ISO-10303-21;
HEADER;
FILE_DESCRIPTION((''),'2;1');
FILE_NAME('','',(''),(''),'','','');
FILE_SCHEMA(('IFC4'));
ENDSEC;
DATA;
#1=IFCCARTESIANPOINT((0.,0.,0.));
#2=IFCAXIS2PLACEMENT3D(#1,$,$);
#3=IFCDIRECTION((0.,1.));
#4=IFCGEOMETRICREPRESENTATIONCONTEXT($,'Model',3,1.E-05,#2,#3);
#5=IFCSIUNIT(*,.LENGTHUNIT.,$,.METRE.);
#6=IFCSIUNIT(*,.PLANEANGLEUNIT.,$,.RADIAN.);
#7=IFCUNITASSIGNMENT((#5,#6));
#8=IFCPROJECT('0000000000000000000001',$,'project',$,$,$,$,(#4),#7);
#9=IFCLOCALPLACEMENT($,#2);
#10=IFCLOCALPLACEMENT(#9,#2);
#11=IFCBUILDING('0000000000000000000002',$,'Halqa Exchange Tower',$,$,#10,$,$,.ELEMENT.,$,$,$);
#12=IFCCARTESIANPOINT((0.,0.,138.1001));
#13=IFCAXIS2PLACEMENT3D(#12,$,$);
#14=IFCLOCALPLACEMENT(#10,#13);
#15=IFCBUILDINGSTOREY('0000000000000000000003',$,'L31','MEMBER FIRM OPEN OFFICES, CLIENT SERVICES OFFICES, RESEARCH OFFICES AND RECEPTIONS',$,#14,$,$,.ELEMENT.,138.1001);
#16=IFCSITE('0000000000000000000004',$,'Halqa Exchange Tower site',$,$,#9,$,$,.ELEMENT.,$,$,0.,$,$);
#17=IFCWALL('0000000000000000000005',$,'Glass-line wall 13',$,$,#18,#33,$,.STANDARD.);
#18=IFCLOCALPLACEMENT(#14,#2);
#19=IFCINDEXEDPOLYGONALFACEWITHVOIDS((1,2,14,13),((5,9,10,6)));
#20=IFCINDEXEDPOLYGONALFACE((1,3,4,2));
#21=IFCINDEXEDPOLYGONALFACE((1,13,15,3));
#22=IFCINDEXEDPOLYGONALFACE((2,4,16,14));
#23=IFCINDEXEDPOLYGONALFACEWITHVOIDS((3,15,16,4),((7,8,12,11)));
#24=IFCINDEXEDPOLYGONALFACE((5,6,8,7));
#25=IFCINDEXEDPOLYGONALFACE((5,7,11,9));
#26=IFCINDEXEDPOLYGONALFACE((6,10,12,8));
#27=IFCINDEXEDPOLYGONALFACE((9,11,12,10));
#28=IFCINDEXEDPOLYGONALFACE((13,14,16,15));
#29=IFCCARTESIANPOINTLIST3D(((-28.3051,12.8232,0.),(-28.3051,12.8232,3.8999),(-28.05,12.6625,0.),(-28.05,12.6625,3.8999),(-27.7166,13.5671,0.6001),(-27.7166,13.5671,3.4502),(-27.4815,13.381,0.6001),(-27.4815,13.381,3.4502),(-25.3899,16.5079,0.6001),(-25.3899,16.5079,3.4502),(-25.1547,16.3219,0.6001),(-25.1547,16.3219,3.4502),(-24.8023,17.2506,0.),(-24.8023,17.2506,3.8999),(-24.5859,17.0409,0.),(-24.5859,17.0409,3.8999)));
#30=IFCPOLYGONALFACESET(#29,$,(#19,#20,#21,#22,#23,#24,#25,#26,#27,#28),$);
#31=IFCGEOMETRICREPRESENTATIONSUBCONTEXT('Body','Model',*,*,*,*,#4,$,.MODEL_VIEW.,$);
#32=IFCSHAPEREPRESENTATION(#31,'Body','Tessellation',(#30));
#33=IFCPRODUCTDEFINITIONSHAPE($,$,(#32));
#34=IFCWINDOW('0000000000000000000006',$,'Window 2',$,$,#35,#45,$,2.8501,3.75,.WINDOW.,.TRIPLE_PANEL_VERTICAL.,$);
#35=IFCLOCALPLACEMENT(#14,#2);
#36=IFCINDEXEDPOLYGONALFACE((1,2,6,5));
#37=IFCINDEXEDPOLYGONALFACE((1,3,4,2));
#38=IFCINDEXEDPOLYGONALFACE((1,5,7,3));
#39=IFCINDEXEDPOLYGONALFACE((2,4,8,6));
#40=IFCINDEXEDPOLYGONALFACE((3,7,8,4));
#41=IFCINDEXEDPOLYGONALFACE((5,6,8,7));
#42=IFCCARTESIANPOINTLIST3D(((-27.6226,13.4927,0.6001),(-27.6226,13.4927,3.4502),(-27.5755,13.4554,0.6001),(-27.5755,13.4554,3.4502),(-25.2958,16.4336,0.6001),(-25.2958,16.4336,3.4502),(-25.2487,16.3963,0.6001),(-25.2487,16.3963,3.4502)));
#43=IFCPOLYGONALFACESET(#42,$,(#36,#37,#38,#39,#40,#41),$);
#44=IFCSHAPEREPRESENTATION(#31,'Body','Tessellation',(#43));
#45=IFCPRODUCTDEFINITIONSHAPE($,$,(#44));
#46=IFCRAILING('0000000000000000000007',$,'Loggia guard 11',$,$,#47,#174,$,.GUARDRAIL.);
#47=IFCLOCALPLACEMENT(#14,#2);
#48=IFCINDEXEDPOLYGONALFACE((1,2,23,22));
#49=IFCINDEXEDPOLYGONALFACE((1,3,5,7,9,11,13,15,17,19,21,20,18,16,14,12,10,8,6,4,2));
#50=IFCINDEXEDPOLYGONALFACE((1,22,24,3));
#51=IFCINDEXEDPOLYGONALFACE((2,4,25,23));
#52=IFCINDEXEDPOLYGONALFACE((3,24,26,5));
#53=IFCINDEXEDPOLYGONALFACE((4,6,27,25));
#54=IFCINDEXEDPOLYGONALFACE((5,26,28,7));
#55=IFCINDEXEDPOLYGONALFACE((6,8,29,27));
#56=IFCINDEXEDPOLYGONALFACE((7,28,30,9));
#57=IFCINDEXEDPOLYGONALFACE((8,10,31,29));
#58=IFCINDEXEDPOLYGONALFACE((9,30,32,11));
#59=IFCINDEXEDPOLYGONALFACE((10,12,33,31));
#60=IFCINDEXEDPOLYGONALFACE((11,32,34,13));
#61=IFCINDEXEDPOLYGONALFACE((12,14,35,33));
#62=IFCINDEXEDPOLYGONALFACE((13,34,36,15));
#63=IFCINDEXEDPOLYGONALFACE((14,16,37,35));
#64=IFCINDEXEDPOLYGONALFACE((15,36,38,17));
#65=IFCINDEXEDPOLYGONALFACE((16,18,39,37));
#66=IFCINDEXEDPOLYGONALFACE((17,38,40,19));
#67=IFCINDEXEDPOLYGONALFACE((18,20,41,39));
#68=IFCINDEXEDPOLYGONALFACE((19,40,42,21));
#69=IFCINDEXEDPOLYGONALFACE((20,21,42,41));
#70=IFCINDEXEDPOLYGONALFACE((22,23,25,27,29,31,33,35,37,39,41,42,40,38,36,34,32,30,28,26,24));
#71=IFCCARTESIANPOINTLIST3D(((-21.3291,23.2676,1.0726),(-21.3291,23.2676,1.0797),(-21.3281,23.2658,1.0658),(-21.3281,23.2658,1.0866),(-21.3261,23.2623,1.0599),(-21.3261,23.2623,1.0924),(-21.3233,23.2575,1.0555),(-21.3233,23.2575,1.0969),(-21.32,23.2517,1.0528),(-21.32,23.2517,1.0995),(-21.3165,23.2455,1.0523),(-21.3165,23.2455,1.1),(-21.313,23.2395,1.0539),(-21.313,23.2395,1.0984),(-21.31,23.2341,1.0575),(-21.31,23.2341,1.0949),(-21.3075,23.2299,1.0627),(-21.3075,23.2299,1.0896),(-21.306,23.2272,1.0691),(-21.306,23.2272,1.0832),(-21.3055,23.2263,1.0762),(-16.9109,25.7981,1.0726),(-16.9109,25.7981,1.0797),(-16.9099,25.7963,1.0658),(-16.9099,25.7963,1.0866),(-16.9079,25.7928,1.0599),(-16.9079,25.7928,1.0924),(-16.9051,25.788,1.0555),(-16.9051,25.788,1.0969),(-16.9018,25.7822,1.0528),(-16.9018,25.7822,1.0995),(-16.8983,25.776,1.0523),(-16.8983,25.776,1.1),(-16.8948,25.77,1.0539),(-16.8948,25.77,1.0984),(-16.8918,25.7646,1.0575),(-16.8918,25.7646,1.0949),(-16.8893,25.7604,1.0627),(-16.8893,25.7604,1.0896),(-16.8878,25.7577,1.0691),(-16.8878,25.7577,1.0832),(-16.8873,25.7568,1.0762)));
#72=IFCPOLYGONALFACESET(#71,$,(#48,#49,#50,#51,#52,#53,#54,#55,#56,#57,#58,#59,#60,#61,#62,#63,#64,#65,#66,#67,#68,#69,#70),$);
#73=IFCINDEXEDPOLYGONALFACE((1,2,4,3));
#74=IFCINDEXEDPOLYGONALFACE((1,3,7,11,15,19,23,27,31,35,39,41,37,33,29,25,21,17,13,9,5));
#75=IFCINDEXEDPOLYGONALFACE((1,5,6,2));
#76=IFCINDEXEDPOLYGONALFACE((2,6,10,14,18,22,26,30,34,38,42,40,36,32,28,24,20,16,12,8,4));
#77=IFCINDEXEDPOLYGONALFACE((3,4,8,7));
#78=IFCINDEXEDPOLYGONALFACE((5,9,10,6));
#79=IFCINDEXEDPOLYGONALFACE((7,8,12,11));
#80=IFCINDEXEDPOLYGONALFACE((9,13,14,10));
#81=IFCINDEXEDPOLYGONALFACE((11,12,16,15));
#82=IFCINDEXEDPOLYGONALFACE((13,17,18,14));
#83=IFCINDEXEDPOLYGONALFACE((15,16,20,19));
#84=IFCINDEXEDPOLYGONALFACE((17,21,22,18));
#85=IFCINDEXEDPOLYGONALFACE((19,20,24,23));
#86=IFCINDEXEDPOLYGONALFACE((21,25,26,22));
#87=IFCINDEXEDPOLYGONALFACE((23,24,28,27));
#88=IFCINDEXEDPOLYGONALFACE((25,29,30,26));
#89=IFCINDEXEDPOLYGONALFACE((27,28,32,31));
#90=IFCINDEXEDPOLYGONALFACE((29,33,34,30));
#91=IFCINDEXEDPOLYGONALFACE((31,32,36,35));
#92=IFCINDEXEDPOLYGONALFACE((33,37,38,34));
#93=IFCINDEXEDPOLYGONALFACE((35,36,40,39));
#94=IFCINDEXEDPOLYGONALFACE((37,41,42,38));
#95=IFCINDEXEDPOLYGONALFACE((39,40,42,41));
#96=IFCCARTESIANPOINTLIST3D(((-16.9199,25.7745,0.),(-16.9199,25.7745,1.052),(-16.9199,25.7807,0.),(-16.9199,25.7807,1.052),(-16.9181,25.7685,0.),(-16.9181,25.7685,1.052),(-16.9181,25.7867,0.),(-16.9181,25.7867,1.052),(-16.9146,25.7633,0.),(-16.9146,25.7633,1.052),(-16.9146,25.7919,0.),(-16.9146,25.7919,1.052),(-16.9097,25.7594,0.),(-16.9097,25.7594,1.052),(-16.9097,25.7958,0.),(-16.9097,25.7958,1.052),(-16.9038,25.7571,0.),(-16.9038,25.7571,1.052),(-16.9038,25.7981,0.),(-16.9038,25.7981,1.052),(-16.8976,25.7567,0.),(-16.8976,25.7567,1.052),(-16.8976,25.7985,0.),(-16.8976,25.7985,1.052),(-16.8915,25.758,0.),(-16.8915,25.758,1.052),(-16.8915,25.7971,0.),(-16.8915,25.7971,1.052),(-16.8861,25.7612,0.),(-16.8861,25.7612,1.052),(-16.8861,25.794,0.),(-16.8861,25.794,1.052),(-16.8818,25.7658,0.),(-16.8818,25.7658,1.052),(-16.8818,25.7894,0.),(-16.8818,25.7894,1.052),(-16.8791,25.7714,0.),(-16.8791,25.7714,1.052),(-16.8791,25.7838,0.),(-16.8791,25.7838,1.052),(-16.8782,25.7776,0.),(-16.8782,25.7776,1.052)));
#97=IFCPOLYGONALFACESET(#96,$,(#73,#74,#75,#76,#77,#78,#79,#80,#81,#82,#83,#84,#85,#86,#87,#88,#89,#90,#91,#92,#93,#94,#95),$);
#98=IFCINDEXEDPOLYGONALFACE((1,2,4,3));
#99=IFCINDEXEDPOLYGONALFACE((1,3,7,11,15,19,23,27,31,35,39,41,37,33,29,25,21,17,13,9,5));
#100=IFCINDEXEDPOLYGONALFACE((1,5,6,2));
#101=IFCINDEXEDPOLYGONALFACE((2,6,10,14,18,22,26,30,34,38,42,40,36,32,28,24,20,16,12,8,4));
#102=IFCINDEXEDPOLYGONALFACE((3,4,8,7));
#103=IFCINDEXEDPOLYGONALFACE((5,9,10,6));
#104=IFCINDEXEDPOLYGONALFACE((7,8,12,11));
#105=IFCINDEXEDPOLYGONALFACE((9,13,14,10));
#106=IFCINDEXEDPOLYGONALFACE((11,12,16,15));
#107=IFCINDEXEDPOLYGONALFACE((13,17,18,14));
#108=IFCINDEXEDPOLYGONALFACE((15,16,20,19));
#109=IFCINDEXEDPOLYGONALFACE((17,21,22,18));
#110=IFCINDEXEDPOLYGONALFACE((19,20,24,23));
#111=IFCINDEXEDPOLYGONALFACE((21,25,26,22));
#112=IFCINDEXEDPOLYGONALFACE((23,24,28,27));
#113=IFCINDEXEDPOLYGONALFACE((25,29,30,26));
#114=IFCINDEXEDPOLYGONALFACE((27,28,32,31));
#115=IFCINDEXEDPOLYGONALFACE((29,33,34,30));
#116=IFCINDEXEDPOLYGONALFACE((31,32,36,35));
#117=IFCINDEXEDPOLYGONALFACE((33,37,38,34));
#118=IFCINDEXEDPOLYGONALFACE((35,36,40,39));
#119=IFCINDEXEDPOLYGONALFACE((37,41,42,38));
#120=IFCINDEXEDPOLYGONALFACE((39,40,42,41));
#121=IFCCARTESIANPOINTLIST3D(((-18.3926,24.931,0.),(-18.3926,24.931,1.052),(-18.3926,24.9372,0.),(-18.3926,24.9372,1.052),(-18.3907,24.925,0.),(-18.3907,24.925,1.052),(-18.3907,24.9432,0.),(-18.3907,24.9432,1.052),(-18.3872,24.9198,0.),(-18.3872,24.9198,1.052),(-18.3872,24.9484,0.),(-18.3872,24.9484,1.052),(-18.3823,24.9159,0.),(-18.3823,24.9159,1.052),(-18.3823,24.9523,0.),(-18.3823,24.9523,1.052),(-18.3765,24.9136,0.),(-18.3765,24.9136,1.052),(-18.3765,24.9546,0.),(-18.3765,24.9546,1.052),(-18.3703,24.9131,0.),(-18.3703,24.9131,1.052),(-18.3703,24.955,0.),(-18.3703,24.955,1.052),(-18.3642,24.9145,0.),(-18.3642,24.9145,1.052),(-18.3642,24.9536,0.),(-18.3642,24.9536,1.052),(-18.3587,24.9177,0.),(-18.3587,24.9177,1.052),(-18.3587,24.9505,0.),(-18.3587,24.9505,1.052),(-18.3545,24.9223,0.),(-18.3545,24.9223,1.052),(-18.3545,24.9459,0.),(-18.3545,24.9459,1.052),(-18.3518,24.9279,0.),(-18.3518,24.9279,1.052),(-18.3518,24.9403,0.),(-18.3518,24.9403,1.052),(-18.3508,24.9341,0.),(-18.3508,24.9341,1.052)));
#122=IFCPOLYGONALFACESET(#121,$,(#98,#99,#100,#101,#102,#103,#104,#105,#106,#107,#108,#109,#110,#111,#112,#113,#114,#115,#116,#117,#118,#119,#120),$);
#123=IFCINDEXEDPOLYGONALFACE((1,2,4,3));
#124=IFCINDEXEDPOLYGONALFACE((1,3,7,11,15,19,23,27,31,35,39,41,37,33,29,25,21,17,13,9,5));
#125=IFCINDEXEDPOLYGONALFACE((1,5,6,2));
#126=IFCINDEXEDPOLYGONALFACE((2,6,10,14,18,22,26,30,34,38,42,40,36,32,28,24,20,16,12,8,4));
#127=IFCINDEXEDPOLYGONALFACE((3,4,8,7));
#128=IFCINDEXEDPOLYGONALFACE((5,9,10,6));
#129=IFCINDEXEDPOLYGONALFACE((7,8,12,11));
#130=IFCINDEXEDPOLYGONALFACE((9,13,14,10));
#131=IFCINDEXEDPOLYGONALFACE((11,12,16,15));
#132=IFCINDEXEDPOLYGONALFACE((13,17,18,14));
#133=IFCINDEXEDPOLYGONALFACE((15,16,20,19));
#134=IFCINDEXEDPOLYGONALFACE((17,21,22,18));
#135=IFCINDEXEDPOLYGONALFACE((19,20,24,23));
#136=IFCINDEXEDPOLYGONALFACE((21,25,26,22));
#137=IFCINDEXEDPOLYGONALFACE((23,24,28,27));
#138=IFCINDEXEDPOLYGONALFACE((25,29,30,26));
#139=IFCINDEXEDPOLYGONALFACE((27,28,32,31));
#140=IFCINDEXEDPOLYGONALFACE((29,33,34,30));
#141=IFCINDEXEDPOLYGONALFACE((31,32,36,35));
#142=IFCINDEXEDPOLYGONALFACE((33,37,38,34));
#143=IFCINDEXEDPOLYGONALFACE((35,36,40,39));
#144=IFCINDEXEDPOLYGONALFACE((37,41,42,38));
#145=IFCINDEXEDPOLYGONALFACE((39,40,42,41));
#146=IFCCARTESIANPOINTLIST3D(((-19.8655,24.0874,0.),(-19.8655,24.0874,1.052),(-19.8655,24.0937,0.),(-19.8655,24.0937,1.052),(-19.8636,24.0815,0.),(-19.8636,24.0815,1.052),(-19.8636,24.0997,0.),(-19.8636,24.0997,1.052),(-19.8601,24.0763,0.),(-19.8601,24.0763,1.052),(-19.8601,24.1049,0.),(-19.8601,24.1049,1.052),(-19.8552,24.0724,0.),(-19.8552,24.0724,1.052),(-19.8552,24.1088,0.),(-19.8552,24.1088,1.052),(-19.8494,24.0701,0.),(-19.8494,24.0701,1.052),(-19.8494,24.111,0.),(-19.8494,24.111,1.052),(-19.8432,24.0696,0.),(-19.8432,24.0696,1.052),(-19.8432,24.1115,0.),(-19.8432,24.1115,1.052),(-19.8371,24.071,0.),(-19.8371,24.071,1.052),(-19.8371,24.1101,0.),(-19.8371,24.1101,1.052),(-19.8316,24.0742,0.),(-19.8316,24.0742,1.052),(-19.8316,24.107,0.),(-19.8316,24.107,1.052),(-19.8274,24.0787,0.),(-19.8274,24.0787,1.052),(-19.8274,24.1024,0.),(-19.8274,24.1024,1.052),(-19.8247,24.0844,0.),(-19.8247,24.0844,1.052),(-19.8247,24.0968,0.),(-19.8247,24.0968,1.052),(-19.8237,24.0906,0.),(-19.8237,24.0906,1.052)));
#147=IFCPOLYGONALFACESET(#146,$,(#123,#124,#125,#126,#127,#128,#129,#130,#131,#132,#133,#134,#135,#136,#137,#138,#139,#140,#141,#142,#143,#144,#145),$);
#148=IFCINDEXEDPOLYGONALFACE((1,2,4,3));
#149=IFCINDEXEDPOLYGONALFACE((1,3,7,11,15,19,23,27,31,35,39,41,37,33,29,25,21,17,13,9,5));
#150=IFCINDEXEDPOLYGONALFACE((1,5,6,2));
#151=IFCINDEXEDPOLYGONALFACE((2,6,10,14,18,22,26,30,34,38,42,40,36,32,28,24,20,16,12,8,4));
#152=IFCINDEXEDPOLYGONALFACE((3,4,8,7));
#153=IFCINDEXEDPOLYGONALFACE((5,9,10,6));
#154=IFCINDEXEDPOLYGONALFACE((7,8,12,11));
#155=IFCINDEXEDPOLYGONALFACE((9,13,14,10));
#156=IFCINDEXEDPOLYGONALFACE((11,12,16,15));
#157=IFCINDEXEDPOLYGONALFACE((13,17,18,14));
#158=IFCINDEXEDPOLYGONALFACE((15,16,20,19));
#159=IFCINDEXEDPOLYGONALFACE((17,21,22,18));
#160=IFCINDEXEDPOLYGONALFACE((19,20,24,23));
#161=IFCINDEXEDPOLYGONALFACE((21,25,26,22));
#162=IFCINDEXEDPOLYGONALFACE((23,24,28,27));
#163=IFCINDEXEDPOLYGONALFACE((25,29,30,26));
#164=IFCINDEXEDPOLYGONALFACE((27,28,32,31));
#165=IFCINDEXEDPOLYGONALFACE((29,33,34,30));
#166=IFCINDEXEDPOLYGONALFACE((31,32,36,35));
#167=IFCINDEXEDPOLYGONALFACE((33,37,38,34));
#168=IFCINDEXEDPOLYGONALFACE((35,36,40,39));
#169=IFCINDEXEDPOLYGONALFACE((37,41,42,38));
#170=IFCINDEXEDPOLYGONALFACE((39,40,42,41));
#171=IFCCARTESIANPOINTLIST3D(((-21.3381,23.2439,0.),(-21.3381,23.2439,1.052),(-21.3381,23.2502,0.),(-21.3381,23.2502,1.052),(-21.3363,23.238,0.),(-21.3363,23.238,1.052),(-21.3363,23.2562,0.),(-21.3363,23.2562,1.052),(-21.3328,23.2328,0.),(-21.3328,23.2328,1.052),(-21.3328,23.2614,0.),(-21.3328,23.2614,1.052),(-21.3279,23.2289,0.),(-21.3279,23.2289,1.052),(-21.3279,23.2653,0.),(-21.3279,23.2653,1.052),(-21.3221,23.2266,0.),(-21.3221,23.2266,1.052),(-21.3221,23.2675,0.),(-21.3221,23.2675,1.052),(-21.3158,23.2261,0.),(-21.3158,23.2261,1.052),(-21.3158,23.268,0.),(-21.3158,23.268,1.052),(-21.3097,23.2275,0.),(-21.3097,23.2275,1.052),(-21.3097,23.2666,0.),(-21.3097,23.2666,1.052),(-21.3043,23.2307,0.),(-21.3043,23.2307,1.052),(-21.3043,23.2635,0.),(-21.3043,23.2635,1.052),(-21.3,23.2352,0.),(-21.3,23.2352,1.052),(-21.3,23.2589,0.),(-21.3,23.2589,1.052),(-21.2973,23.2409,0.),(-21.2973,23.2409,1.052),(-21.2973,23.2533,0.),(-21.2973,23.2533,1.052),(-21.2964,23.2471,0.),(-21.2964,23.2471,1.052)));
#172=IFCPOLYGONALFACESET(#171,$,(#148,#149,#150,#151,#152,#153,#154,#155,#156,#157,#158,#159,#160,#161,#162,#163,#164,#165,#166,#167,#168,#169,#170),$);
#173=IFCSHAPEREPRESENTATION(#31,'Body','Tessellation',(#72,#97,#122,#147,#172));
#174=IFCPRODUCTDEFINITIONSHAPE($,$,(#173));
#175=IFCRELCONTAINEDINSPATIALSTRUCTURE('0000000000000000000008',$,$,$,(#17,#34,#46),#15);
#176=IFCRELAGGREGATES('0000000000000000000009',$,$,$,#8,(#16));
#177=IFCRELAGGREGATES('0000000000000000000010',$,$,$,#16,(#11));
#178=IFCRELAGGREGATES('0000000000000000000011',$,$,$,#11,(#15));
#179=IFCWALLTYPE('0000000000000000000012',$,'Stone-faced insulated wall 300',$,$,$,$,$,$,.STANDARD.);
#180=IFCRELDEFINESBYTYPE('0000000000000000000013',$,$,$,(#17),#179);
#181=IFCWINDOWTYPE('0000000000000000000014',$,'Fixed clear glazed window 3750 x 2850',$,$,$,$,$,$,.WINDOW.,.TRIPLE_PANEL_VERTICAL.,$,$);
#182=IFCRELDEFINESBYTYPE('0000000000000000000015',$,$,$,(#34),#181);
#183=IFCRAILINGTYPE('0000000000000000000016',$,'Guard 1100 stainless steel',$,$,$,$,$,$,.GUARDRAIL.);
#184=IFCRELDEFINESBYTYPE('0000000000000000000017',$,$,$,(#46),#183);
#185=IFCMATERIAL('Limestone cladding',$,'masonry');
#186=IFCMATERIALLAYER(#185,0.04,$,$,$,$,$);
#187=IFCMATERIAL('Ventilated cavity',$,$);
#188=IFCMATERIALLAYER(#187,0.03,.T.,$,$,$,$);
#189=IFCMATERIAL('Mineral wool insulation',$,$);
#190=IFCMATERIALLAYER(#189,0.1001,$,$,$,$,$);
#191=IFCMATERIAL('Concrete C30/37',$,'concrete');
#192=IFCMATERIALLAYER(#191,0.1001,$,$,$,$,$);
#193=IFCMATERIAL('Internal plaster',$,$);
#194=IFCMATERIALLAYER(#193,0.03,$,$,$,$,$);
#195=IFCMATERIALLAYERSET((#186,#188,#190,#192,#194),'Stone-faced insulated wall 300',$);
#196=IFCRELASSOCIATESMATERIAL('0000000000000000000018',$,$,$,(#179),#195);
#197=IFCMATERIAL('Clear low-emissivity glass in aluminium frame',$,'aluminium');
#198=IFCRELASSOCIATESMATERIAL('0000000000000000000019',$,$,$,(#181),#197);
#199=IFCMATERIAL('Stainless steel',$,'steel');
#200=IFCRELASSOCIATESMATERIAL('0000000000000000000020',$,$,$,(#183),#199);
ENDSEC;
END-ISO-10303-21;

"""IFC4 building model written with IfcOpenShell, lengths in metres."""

from ifc_helpers import new_model, si_unit, direction, frame, frame_2d, origin, origin_2d, place, context, subcontext, project, spatial, polyline, rectangle, circle, outline, extrude, material, layer, layer_set, type_object, element, fill, save


model = new_model("IFC4")

# Units and contexts
model_context = context("Model", 3, precision=1e-05, world=origin(), true_north=direction((0.0, 1.0)))
body_context = subcontext(model_context, "Body", "Model", "MODEL_VIEW")
ifc_project = project(units=[si_unit("LENGTHUNIT", "METRE"), si_unit("PLANEANGLEUNIT", "RADIAN")], contexts=[model_context])

# Site, building, storey
site_placement = place(None, origin())
site = spatial("IfcSite", under=ifc_project, at=site_placement, Name="Halqa Exchange Tower site", CompositionType="ELEMENT", RefElevation=0.0)
building_placement = place(site_placement, origin())
building = spatial("IfcBuilding", under=site, at=building_placement, Name="Halqa Exchange Tower", CompositionType="ELEMENT")
storey_placement = place(building_placement, frame((0.0, 0.0, 138.1001)))
storey = spatial("IfcBuildingStorey", under=building, at=storey_placement, Name="L31", Description="MEMBER FIRM OPEN OFFICES, CLIENT SERVICES OFFICES, RESEARCH OFFICES AND RECEPTIONS", CompositionType="ELEMENT", Elevation=138.1001)

# Shared definitions
ifc_material_1 = material(Name="Limestone cladding", Category="masonry")
ifc_layer_1 = layer(ifc_material_1, 0.04)
ifc_material_2 = material(Name="Ventilated cavity")
ifc_layer_2 = layer(ifc_material_2, 0.03, ventilated=True)
ifc_material_3 = material(Name="Mineral wool insulation")
ifc_layer_3 = layer(ifc_material_3, 0.1001)
ifc_material_4 = material(Name="Concrete C30/37", Category="concrete")
ifc_layer_4 = layer(ifc_material_4, 0.1001)
ifc_material_5 = material(Name="Internal plaster")
ifc_layer_5 = layer(ifc_material_5, 0.03)
ifc_layer_set_1 = layer_set([ifc_layer_1, ifc_layer_2, ifc_layer_3, ifc_layer_4, ifc_layer_5], Name="Stone-faced insulated wall 300")
wall_type_1 = type_object("IfcWallType", Name="Stone-faced insulated wall 300", PredefinedType="STANDARD", material=ifc_layer_set_1)
ifc_material_6 = material(Name="Clear low-emissivity glass in aluminium frame", Category="aluminium")
window_type = type_object("IfcWindowType", Name="Fixed clear glazed window 3750 x 2850", PartitioningType="TRIPLE_PANEL_VERTICAL", PredefinedType="WINDOW", material=ifc_material_6)

# Wall, opening, window
wall_1_placement = place(storey_placement, frame((-24.6941, 17.1458, 0.0), z_axis=(0.0, 0.0, 1.0), x_axis=(-0.620465, -0.784234, 0.0)))
wall_1 = element("IfcWall", 1, at=wall_1_placement, inside=storey, type_object=wall_type_1, Name="Glass-line wall 13", PredefinedType="STANDARD", context=body_context, shape_type="SweptSolid", body=[
    extrude(outline(polyline([(-0.0151, -0.1499), (5.6304, -0.1499), (5.5981, 0.1499), (0.0151, 0.1499), (-0.0151, -0.1499)])), origin(), (0.0, 0.0, 1.0), 3.8999),
])
opening_1_placement = place(wall_1_placement, frame((0.9319, 0.0, 0.6001)))
opening_1 = element("IfcOpeningElement", 2, at=opening_1_placement, cuts=wall_1, PredefinedType="OPENING", context=body_context, shape_type="SweptSolid", body=[
    extrude(rectangle(XDim=3.75, YDim=2.8501, at=frame_2d((1.875, 1.425))), frame((0.0, 0.1621, 0.0), z_axis=(0.0, -1.0, 0.0), x_axis=(1.0, 0.0, 0.0)), (0.0, 0.0, 1.0), 0.324),
])
window_1_placement = place(opening_1_placement, origin())
window_1 = element("IfcWindow", 3, at=window_1_placement, inside=storey, type_object=window_type, Name="Window 2", OverallHeight=2.8501, OverallWidth=3.75, PartitioningType="TRIPLE_PANEL_VERTICAL", PredefinedType="WINDOW", context=body_context, shape_type="SweptSolid", body=[
    extrude(rectangle(XDim=3.75, YDim=2.8501, at=frame_2d((1.875, 1.425))), frame((0.0, 0.03, 0.0), z_axis=(0.0, -1.0, 0.0), x_axis=(1.0, 0.0, 0.0)), (0.0, 0.0, 1.0), 0.0601),
])
fill(opening_1, window_1)

# Railing
ifc_material_7 = material(Name="Stainless steel", Category="steel")
railing_type = type_object("IfcRailingType", Name="Guard 1100 stainless steel", PredefinedType="GUARDRAIL", material=ifc_material_7)
railing_1_placement = place(storey_placement, frame((-16.8992, 25.7776, 0.0)))
element("IfcRailing", 4, at=railing_1_placement, inside=storey, type_object=railing_type, Name="Loggia guard 11", PredefinedType="GUARDRAIL", context=body_context, shape_type="SweptSolid", body=[
    extrude(circle(Radius=0.0239, at=origin_2d()), frame((0.0, 0.0, 1.0762), z_axis=(-0.86775, -0.497001, 0.0), x_axis=(0.497001, -0.86775, 0.0)), (0.0, 0.0, 1.0), 5.0916),
    extrude(circle(Radius=0.021, at=origin_2d()), origin(), (0.0, 0.0, 1.0), 1.052),
    extrude(circle(Radius=0.021, at=origin_2d()), frame((-1.4727, -0.8435, 0.0)), (0.0, 0.0, 1.0), 1.052),
    extrude(circle(Radius=0.021, at=origin_2d()), frame((-2.9456, -1.687, 0.0)), (0.0, 0.0, 1.0), 1.052),
    extrude(circle(Radius=0.021, at=origin_2d()), frame((-4.4182, -2.5305, 0.0)), (0.0, 0.0, 1.0), 1.052),
])

save(model, "model.ifc")
